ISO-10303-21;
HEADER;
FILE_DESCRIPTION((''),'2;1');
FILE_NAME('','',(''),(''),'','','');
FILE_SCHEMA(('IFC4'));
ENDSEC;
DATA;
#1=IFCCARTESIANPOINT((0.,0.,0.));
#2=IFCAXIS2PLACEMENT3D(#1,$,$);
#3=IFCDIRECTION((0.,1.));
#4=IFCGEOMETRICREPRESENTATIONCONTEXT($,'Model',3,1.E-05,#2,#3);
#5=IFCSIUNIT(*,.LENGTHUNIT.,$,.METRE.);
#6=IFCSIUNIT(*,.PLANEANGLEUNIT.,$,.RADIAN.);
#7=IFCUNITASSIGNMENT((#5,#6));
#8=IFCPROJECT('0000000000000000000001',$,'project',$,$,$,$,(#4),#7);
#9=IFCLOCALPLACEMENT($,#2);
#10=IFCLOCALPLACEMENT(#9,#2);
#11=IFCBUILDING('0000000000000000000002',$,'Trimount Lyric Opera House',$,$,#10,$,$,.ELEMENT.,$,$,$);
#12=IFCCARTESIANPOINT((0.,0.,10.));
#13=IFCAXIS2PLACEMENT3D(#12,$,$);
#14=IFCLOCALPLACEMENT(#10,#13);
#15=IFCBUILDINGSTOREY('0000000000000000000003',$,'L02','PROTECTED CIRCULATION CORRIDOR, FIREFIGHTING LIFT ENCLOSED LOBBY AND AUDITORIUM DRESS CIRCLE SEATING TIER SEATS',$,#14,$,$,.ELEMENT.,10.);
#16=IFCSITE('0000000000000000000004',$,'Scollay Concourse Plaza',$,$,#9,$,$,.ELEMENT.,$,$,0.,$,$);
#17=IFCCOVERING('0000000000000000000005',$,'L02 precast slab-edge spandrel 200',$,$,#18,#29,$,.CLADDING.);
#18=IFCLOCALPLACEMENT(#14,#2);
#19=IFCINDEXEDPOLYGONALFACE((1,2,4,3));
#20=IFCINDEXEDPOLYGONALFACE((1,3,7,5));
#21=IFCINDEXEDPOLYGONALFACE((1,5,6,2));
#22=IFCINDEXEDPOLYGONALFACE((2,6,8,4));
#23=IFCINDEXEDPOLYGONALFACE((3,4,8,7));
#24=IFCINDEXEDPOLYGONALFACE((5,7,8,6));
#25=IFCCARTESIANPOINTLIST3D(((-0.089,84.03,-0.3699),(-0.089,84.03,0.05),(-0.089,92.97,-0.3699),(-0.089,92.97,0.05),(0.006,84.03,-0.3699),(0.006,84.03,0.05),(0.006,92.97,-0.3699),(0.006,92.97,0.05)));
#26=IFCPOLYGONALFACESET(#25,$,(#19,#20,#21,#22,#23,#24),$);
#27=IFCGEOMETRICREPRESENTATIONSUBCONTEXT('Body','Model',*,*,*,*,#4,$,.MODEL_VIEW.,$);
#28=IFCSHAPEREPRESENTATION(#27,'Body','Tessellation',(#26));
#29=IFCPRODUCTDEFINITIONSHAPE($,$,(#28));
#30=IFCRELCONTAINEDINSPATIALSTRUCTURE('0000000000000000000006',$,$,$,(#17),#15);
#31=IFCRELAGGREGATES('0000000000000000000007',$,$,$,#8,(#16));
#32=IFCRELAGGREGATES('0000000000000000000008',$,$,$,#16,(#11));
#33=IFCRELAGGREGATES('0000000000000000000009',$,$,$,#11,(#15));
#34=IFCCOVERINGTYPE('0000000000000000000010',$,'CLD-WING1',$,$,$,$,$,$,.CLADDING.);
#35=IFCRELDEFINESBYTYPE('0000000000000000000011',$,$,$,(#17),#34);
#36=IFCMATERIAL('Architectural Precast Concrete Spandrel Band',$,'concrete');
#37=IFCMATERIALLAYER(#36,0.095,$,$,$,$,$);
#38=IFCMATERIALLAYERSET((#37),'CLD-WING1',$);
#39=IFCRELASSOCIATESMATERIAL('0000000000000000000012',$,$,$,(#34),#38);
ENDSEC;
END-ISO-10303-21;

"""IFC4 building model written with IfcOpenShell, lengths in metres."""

from ifc_helpers import new_model, si_unit, direction, frame, origin, origin_2d, place, context, subcontext, project, spatial, rectangle, extrude, material, layer, layer_set, type_object, element, save


model = new_model("IFC4")

# Units and contexts
model_context = context("Model", 3, precision=1e-05, world=origin(), true_north=direction((0.0, 1.0)))
body_context = subcontext(model_context, "Body", "Model", "MODEL_VIEW")
ifc_project = project(units=[si_unit("LENGTHUNIT", "METRE"), si_unit("PLANEANGLEUNIT", "RADIAN")], contexts=[model_context])

# Site, building, storey
site_placement = place(None, origin())
site = spatial("IfcSite", under=ifc_project, at=site_placement, Name="Scollay Concourse Plaza", CompositionType="ELEMENT", RefElevation=0.0)
building_placement = place(site_placement, origin())
building = spatial("IfcBuilding", under=site, at=building_placement, Name="Trimount Lyric Opera House", CompositionType="ELEMENT")
storey_placement = place(building_placement, frame((0.0, 0.0, 10.0)))
storey = spatial("IfcBuildingStorey", under=building, at=storey_placement, Name="L02", Description="PROTECTED CIRCULATION CORRIDOR, FIREFIGHTING LIFT ENCLOSED LOBBY AND AUDITORIUM DRESS CIRCLE SEATING TIER SEATS", CompositionType="ELEMENT", Elevation=10.0)

# Covering
ifc_material_1 = material(Name="Architectural Precast Concrete Spandrel Band", Category="concrete")
ifc_layer_1 = layer(ifc_material_1, 0.095)
ifc_layer_set_1 = layer_set([ifc_layer_1], Name="CLD-WING1")
covering_type = type_object("IfcCoveringType", Name="CLD-WING1", PredefinedType="CLADDING", material=ifc_layer_set_1)
covering_1_placement = place(storey_placement, frame((-0.0415, 88.5, -0.3699), z_axis=(0.0, 0.0, 1.0), x_axis=(0.0, 1.0, 0.0)))
element("IfcCovering", 1, at=covering_1_placement, inside=storey, type_object=covering_type, Name="L02 precast slab-edge spandrel 200", PredefinedType="CLADDING", context=body_context, shape_type="SweptSolid", body=[
    extrude(rectangle(XDim=8.9399, YDim=0.095, at=origin_2d()), origin(), (0.0, 0.0, 1.0), 0.4199),
])

save(model, "model.ifc")
